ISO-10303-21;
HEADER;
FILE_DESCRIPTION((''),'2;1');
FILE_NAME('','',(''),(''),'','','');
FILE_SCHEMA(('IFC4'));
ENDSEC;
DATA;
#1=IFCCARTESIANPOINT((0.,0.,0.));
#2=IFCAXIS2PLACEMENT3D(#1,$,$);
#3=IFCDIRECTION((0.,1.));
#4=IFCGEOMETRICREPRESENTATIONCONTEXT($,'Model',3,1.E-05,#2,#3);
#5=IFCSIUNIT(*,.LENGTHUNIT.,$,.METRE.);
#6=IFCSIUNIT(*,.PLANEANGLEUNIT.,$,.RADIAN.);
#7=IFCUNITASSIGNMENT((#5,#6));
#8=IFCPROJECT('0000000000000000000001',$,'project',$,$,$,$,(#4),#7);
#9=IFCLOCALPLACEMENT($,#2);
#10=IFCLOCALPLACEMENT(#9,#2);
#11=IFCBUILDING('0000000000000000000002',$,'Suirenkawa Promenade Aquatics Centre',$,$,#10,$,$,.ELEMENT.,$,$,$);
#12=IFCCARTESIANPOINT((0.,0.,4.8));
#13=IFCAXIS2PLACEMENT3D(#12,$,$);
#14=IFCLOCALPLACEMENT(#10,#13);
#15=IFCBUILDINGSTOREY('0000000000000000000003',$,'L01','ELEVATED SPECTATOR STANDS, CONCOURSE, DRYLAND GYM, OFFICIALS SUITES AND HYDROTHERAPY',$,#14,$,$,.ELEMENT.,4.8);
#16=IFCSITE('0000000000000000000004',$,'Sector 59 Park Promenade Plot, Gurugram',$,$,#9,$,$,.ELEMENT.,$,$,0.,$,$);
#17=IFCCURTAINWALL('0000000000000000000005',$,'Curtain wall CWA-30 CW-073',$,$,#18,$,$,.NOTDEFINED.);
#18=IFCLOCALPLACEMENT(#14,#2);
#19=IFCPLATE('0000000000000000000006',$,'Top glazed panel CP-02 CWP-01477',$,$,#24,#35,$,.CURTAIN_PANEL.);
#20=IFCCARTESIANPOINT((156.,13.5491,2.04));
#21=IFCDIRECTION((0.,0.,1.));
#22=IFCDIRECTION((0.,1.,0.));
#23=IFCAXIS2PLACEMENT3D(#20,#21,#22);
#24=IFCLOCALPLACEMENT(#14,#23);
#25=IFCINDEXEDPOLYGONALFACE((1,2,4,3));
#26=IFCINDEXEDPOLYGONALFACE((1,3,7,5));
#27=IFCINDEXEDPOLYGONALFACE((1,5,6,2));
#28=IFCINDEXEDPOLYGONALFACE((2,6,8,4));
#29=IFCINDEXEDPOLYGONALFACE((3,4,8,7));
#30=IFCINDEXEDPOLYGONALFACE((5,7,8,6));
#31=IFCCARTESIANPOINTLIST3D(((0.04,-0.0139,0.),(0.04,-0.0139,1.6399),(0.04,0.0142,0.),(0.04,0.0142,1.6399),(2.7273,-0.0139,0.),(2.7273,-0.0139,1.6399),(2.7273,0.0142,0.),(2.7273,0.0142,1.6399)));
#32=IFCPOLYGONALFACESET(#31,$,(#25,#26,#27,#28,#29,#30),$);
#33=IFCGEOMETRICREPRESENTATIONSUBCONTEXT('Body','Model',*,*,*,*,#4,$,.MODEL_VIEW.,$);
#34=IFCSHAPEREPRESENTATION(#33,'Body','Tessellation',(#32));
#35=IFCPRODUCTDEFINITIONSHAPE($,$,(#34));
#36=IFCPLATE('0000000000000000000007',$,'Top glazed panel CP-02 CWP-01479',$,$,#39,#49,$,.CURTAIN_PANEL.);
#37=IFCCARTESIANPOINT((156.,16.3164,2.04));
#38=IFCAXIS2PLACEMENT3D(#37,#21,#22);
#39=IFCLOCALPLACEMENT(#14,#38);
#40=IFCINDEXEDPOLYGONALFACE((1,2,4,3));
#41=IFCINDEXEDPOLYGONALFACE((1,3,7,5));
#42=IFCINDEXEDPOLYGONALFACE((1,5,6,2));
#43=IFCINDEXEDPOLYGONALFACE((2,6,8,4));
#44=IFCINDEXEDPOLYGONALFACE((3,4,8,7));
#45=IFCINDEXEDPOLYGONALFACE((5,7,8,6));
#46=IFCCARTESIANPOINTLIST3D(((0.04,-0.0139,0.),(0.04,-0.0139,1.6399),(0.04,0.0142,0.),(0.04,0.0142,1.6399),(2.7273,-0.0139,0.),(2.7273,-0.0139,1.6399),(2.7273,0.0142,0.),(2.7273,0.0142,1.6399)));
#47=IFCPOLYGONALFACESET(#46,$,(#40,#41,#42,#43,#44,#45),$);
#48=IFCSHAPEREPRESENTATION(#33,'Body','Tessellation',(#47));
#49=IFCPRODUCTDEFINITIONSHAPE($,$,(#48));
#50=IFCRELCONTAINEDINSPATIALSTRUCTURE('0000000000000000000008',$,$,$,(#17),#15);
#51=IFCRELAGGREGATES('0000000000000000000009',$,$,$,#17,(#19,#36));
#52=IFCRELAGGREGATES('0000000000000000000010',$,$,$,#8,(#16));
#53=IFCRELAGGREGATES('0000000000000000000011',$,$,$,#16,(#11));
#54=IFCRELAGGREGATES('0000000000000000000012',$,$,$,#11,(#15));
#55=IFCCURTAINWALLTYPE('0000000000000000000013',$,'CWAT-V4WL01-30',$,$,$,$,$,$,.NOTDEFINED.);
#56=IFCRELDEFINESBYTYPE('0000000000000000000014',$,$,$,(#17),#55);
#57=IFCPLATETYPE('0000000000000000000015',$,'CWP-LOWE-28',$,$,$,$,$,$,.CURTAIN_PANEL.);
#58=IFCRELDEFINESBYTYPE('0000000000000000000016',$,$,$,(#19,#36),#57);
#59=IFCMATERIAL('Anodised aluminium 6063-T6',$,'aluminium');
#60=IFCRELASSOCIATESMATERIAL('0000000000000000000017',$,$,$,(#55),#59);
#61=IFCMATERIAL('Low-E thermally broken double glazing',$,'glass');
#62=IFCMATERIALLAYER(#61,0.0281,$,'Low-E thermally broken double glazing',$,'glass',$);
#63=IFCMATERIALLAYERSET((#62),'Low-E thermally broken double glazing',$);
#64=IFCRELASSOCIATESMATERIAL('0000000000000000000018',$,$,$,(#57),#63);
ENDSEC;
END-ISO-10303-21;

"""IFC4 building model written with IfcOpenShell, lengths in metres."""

from ifc_helpers import new_model, si_unit, direction, frame, origin, place, context, subcontext, project, spatial, polyline, outline, extrude, material, layer, layer_set, type_object, element, aggregate, save


model = new_model("IFC4")

# Units and contexts
model_context = context("Model", 3, precision=1e-05, world=origin(), true_north=direction((0.0, 1.0)))
body_context = subcontext(model_context, "Body", "Model", "MODEL_VIEW")
ifc_project = project(units=[si_unit("LENGTHUNIT", "METRE"), si_unit("PLANEANGLEUNIT", "RADIAN")], contexts=[model_context])

# Site, building, storey
site_placement = place(None, origin())
site = spatial("IfcSite", under=ifc_project, at=site_placement, Name="Sector 59 Park Promenade Plot, Gurugram", CompositionType="ELEMENT", RefElevation=0.0)
building_placement = place(site_placement, origin())
building = spatial("IfcBuilding", under=site, at=building_placement, Name="Suirenkawa Promenade Aquatics Centre", CompositionType="ELEMENT")
storey_placement = place(building_placement, frame((0.0, 0.0, 4.8)))
storey = spatial("IfcBuildingStorey", under=building, at=storey_placement, Name="L01", Description="ELEVATED SPECTATOR STANDS, CONCOURSE, DRYLAND GYM, OFFICIALS SUITES AND HYDROTHERAPY", CompositionType="ELEMENT", Elevation=4.8)

# Curtain wall, plates
ifc_material_1 = material(Name="Anodised aluminium 6063-T6", Category="aluminium")
curtain_wall_type = type_object("IfcCurtainWallType", Name="CWAT-V4WL01-30", PredefinedType="NOTDEFINED", material=ifc_material_1)
curtain_wall_placement = place(storey_placement, origin())
curtain_wall = element("IfcCurtainWall", 1, at=curtain_wall_placement, inside=storey, type_object=curtain_wall_type, Name="Curtain wall CWA-30 CW-073", PredefinedType="NOTDEFINED")
ifc_material_2 = material(Name="Low-E thermally broken double glazing", Category="glass")
ifc_layer = layer(ifc_material_2, 0.0281, Name="Low-E thermally broken double glazing", Category="glass")
ifc_layer_set = layer_set([ifc_layer], Name="Low-E thermally broken double glazing")
plate_type = type_object("IfcPlateType", Name="CWP-LOWE-28", PredefinedType="CURTAIN_PANEL", material=ifc_layer_set)
plate_1_placement = place(storey_placement, frame((156.0, 13.5491, 2.04), z_axis=(0.0, 0.0, 1.0), x_axis=(0.0, 1.0, 0.0)))
plate_1 = element("IfcPlate", 2, at=plate_1_placement, type_object=plate_type, Name="Top glazed panel CP-02 CWP-01477", PredefinedType="CURTAIN_PANEL", context=body_context, shape_type="SweptSolid", body=[
    extrude(outline(polyline([(0.04, 0.0), (2.7273, 0.0), (2.7273, 1.6399), (0.04, 1.6399), (0.04, 0.0)])), frame((0.0, 0.0142, 0.0), z_axis=(0.0, -1.0, 0.0), x_axis=(1.0, 0.0, 0.0)), (0.0, 0.0, 1.0), 0.0281),
])
plate_2_placement = place(storey_placement, frame((156.0, 16.3164, 2.04), z_axis=(0.0, 0.0, 1.0), x_axis=(0.0, 1.0, 0.0)))
plate_2 = element("IfcPlate", 3, at=plate_2_placement, type_object=plate_type, Name="Top glazed panel CP-02 CWP-01479", PredefinedType="CURTAIN_PANEL", context=body_context, shape_type="SweptSolid", body=[
    extrude(outline(polyline([(0.04, 0.0), (2.7273, 0.0), (2.7273, 1.6399), (0.04, 1.6399), (0.04, 0.0)])), frame((0.0, 0.0142, 0.0), z_axis=(0.0, -1.0, 0.0), x_axis=(1.0, 0.0, 0.0)), (0.0, 0.0, 1.0), 0.0281),
])
aggregate(curtain_wall, [plate_1, plate_2])

save(model, "model.ifc")
